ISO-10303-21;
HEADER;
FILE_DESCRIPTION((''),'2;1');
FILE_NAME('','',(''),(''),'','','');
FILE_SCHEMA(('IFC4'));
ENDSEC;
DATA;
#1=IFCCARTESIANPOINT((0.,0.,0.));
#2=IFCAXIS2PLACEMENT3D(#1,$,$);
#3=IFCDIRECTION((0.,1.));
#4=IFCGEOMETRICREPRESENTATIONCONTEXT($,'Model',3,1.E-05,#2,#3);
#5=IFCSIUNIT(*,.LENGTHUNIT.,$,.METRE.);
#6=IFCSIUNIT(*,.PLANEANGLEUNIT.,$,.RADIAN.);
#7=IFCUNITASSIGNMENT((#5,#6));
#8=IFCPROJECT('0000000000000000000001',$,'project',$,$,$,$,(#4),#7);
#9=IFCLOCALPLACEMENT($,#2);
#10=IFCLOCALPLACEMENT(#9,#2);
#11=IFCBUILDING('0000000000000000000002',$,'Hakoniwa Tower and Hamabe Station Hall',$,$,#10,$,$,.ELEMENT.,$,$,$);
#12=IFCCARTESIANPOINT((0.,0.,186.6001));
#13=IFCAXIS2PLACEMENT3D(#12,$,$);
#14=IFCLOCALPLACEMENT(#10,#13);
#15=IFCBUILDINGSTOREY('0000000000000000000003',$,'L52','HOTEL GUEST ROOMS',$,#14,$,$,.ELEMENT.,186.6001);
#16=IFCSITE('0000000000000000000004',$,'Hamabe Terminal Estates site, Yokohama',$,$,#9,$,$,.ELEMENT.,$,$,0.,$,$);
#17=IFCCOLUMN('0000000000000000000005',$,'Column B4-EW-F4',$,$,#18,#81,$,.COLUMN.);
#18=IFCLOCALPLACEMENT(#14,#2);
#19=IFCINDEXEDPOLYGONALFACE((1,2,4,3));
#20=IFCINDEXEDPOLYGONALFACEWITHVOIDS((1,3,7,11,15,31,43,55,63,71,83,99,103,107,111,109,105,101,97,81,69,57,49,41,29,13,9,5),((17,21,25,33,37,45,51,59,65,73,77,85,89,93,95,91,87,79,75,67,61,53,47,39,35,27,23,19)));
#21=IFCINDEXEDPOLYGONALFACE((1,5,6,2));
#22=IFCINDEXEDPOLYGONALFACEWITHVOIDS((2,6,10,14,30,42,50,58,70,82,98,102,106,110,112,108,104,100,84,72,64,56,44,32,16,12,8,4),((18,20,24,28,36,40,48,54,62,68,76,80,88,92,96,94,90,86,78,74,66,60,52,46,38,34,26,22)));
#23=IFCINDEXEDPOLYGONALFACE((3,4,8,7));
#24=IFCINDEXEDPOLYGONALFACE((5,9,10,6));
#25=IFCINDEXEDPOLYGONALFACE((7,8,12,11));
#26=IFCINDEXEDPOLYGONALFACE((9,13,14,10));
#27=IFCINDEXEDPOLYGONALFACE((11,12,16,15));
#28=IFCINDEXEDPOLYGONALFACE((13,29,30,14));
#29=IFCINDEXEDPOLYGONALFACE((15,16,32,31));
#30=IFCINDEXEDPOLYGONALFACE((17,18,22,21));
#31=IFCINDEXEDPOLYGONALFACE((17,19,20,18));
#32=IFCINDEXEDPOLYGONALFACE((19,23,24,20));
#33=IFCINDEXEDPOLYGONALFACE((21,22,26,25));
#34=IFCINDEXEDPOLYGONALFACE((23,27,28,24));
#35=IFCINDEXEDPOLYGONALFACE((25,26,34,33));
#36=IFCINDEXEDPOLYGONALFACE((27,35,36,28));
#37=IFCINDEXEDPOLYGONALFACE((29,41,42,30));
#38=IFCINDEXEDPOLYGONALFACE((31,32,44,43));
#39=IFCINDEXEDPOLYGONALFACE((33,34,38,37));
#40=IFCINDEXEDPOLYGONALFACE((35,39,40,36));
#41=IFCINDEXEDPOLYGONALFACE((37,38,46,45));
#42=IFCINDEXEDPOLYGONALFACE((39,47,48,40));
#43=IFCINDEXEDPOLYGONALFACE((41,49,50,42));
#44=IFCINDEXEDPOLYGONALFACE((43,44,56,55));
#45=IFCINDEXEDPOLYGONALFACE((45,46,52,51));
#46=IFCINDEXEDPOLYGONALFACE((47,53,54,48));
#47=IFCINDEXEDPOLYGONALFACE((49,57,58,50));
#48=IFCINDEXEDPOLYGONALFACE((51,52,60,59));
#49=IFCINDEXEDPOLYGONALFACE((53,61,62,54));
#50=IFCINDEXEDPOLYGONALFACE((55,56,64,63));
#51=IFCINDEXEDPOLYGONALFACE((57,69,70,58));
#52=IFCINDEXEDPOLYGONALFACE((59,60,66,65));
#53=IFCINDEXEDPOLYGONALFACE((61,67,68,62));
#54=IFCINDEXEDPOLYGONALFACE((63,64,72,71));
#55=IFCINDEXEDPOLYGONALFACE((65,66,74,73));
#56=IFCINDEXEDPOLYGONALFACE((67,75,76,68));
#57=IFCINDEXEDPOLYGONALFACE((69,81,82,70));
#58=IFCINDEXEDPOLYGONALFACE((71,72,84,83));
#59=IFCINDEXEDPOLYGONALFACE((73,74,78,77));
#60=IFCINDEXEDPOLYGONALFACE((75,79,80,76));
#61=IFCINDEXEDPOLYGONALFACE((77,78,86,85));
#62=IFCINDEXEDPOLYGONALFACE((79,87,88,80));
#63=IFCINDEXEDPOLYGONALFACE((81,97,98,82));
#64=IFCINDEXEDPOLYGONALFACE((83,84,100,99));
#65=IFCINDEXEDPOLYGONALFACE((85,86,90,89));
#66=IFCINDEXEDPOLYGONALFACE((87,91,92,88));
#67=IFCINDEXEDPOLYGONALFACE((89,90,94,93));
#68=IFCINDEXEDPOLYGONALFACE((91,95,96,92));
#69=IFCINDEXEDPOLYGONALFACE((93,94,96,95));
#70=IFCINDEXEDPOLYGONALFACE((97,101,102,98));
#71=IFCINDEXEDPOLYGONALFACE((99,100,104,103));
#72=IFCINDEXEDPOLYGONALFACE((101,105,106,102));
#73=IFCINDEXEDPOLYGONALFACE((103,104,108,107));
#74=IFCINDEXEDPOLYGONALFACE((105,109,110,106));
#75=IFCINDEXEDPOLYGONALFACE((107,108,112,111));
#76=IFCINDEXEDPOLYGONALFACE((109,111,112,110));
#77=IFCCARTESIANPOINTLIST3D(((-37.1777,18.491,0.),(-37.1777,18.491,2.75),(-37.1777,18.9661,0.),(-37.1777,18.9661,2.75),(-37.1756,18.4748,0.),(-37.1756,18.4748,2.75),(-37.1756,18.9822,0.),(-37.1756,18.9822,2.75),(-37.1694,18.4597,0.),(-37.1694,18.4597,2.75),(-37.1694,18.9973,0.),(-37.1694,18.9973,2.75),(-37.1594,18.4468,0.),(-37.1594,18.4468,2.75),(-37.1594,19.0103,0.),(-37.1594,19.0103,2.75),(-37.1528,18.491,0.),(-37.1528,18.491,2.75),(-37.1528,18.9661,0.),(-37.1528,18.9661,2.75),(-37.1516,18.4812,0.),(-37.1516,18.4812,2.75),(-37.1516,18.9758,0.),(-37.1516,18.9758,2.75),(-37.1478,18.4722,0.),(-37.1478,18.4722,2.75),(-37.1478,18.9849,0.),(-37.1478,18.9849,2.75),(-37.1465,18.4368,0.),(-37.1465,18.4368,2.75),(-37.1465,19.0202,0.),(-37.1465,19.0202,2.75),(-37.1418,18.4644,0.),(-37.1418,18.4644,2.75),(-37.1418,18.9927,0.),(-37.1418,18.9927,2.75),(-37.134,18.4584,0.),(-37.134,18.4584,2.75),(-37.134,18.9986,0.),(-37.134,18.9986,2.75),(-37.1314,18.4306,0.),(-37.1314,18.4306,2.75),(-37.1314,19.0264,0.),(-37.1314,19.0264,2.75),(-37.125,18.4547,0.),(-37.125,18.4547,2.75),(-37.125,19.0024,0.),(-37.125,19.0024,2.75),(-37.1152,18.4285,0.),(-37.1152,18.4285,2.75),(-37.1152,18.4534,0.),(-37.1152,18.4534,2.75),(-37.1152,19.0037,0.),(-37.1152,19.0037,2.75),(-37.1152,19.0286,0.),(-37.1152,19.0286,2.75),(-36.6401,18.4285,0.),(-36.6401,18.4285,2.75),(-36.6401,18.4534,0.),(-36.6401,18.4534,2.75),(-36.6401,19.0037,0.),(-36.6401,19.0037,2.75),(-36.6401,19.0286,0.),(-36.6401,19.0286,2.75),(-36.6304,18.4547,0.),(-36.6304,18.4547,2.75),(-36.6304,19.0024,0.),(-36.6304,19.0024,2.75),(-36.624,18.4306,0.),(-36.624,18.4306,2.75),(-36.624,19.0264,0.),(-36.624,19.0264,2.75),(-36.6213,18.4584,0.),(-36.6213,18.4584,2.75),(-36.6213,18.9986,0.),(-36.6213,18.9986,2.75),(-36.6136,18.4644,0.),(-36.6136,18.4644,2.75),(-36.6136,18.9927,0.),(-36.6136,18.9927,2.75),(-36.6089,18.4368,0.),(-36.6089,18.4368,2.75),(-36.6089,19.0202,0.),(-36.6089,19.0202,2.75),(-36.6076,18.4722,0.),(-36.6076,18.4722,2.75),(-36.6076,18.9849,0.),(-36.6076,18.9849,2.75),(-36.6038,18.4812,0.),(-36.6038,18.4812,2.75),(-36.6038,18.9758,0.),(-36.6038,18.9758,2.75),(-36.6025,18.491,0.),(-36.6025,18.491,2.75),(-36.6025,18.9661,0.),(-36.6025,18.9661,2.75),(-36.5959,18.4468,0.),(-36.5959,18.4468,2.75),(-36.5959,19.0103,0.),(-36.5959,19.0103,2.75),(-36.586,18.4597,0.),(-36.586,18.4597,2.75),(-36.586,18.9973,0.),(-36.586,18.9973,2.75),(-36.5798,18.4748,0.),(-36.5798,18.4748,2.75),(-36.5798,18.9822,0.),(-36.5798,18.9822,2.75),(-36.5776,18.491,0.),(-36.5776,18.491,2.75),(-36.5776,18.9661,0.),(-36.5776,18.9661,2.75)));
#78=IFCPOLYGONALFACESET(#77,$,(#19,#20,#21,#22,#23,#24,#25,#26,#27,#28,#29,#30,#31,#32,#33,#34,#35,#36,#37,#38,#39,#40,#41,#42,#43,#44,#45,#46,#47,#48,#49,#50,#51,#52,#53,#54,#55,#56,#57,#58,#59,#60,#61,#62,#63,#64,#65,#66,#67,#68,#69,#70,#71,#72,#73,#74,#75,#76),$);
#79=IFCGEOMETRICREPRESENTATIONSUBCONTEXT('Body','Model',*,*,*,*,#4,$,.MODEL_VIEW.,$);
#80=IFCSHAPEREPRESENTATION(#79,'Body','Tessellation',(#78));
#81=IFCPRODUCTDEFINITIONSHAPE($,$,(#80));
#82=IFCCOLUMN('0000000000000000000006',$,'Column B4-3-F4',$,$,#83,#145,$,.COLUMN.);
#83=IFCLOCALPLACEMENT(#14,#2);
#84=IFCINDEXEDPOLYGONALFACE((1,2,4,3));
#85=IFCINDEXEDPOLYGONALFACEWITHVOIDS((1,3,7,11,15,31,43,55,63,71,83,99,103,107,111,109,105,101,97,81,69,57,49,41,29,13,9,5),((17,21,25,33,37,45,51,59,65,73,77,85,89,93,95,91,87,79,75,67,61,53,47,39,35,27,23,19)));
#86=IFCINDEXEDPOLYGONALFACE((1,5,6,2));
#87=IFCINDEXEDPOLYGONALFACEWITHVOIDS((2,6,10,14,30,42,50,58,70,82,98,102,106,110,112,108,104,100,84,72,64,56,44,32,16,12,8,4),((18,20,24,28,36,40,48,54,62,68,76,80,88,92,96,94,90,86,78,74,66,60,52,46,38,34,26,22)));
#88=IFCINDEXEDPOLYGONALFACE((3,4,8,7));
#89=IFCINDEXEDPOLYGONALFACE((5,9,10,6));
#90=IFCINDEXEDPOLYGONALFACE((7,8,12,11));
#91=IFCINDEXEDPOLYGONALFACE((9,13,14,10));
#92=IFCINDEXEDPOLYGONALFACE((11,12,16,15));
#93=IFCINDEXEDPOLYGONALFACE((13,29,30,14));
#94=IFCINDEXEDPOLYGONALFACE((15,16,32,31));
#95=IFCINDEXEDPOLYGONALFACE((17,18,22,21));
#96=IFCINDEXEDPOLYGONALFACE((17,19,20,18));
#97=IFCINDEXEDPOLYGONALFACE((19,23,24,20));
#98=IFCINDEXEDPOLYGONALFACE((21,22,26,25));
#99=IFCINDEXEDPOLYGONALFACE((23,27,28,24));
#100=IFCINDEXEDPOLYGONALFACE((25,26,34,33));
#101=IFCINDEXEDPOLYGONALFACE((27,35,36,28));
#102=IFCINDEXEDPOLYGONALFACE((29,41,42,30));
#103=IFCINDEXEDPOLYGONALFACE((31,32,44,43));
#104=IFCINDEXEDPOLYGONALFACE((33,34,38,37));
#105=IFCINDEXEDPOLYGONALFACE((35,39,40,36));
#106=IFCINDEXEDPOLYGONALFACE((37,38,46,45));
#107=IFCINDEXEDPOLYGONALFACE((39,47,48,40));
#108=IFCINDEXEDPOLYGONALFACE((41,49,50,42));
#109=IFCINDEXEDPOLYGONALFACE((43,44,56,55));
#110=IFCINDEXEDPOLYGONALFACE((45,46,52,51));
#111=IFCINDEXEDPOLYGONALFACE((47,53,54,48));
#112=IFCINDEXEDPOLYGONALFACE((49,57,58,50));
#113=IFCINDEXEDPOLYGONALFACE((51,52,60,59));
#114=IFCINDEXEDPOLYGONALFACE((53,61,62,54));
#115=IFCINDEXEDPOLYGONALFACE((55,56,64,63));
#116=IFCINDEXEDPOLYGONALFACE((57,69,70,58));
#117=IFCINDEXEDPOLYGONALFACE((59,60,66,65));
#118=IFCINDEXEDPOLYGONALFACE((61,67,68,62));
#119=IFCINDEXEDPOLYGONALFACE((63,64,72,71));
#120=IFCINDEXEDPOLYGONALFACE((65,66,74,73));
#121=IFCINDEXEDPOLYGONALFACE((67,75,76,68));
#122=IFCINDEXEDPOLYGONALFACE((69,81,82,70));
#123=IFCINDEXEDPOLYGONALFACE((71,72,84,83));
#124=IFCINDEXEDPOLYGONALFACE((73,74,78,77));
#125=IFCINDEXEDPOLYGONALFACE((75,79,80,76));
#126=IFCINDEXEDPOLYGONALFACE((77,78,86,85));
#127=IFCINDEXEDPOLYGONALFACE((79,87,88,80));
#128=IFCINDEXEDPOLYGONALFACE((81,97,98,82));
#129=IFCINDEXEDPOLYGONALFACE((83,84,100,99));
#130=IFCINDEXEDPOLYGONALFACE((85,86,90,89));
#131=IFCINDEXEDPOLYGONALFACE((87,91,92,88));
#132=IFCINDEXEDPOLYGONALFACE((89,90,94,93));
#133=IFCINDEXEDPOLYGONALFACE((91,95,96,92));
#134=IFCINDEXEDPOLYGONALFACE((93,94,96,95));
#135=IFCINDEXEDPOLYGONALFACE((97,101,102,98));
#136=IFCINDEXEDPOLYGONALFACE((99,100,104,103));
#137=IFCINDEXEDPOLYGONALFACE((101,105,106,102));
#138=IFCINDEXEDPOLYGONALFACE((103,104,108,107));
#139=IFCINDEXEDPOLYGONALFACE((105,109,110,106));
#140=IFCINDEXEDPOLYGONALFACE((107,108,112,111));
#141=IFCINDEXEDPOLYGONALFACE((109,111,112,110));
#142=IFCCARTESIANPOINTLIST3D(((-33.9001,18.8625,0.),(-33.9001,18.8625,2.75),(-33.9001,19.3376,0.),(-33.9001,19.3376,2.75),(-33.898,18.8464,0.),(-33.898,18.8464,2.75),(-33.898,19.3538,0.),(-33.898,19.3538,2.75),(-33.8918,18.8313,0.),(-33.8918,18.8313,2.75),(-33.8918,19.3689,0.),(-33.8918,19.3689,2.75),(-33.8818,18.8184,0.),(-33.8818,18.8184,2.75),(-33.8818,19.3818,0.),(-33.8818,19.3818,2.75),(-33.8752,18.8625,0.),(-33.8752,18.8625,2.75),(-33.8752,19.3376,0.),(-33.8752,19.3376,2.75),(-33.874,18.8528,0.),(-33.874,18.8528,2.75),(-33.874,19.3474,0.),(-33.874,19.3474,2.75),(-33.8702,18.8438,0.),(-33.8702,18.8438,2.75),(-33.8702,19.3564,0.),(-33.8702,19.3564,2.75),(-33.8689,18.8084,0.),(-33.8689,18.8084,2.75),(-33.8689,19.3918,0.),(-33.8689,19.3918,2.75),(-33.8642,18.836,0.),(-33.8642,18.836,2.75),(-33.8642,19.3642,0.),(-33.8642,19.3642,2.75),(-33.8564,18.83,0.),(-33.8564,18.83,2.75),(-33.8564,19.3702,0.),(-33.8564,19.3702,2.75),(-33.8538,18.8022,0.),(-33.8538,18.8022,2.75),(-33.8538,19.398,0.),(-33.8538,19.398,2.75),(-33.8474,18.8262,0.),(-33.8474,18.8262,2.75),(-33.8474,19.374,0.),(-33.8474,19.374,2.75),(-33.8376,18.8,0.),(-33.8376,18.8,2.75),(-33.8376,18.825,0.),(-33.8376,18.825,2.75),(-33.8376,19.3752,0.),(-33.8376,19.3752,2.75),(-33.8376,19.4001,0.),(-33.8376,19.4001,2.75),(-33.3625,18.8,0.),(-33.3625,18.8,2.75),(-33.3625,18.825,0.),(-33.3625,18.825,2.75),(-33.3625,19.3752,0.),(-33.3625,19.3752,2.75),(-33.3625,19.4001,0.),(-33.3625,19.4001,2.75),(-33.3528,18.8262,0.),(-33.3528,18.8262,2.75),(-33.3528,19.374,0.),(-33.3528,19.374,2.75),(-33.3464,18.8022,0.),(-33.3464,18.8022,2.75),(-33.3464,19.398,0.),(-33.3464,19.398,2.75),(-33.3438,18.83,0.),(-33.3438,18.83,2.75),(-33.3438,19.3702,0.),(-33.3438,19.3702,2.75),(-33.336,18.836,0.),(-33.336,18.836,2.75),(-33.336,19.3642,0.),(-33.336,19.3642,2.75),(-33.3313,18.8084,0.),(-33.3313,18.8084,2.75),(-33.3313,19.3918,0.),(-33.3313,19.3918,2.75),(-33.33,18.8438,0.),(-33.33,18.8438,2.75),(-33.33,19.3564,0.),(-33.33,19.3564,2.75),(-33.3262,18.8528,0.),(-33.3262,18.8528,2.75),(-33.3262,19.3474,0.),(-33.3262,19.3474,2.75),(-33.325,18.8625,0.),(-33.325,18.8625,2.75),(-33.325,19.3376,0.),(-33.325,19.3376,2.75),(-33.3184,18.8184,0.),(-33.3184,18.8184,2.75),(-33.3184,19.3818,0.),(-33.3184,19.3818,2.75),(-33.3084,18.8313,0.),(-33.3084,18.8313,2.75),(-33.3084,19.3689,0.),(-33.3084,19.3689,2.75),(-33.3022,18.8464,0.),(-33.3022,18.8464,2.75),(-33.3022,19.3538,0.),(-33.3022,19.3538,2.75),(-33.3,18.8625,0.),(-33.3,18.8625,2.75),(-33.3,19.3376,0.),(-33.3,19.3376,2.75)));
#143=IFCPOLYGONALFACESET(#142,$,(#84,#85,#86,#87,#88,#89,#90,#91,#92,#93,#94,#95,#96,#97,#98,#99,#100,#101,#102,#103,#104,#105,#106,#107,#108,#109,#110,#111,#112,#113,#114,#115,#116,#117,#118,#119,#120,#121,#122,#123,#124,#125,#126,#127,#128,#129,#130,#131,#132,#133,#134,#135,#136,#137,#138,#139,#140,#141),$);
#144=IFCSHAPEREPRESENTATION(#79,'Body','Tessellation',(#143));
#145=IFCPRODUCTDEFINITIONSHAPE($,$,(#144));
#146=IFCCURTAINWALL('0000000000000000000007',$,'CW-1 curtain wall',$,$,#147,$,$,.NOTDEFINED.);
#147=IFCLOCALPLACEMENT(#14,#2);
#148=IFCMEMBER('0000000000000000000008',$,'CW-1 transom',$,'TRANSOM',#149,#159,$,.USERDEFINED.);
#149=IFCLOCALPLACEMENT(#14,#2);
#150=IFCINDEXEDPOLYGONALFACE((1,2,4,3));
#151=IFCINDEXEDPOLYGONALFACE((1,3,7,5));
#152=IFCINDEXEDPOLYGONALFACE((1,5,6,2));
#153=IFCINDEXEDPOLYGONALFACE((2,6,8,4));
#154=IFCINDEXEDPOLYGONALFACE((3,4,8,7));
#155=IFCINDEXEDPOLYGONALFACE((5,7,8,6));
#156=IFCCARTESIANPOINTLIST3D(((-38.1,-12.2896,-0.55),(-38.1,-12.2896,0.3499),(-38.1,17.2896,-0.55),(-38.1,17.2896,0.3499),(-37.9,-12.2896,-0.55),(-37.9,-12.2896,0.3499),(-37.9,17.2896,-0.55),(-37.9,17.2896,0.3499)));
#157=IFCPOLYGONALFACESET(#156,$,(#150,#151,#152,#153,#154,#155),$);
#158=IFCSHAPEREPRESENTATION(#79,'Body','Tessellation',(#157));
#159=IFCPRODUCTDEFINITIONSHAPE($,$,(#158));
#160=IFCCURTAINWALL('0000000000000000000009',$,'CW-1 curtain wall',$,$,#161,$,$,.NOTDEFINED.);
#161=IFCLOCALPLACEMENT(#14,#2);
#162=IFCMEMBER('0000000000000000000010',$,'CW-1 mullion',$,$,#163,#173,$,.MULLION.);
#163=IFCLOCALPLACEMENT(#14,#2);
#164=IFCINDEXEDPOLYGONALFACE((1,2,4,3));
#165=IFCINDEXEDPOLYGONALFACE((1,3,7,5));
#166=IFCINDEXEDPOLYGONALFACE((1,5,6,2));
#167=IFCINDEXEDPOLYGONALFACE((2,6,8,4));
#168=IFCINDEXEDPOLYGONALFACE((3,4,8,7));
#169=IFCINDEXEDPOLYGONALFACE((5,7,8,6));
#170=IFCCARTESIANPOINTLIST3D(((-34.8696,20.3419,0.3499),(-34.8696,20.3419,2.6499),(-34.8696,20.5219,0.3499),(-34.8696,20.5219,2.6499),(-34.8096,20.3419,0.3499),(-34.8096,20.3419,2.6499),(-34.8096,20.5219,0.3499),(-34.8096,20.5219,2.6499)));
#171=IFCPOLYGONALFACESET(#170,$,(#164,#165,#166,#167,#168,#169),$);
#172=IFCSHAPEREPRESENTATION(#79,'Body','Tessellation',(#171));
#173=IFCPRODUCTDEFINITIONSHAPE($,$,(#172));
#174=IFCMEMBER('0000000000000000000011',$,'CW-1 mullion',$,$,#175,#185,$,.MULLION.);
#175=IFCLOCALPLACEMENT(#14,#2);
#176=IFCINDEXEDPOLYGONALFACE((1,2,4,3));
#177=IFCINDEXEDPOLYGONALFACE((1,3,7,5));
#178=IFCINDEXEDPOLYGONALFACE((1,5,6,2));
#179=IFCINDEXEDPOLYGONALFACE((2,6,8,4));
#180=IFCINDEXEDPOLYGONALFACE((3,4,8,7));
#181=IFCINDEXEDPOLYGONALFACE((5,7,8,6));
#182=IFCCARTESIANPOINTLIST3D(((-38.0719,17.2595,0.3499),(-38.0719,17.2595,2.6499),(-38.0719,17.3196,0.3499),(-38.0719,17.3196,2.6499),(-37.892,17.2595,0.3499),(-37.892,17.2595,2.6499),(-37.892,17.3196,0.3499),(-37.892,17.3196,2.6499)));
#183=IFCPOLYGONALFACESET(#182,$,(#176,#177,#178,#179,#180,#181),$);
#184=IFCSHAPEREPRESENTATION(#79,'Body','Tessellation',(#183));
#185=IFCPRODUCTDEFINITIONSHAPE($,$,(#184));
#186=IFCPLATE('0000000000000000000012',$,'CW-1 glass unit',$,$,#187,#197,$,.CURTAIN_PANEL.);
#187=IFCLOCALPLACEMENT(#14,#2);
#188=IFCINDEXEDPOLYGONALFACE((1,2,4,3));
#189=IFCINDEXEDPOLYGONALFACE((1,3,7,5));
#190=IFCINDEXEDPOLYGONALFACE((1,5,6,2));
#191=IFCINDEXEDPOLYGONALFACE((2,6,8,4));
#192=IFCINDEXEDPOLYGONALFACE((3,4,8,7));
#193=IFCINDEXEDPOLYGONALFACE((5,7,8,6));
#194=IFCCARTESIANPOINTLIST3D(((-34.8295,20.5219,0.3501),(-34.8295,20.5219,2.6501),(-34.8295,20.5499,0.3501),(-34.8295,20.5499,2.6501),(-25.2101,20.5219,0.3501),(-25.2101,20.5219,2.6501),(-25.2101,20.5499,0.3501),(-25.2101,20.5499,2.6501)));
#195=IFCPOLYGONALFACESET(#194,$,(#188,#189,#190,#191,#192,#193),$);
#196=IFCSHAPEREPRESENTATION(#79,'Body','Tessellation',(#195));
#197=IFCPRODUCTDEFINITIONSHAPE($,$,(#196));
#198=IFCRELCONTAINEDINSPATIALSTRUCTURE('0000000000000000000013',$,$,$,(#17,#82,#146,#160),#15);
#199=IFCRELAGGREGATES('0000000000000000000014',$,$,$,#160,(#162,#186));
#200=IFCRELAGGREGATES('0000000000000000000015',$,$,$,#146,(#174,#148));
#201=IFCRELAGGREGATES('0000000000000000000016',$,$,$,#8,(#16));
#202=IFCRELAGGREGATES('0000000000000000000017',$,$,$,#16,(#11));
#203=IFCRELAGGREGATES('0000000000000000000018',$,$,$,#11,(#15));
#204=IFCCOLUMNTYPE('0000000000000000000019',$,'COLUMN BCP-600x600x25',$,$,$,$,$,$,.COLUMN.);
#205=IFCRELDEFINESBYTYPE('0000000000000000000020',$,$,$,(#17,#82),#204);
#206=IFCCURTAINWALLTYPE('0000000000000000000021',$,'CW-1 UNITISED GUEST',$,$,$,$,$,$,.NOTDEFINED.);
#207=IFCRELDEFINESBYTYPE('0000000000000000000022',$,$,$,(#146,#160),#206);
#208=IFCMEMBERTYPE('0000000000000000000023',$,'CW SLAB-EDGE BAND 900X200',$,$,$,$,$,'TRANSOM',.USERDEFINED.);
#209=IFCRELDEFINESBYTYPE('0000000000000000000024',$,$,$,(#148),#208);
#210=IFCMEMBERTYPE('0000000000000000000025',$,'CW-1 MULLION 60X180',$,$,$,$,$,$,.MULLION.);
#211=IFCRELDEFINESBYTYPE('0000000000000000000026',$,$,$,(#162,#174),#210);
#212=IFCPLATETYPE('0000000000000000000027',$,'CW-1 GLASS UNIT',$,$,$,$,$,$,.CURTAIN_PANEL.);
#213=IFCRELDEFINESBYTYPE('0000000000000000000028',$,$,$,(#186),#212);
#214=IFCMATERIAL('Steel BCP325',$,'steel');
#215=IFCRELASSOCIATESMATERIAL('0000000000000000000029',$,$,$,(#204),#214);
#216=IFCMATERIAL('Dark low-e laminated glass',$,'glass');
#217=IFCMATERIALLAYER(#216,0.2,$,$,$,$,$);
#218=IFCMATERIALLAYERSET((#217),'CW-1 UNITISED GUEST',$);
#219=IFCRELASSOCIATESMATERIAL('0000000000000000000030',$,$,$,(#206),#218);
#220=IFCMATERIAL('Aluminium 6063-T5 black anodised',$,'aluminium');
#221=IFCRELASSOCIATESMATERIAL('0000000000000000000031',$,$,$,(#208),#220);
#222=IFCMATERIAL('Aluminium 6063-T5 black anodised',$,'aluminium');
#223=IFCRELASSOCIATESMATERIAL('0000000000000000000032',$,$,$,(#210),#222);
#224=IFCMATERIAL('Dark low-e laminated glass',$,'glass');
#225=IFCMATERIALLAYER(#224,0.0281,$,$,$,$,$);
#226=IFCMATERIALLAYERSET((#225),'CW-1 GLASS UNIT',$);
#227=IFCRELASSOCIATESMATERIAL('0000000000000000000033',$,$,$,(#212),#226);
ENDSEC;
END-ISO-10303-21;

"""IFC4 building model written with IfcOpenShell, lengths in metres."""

from ifc_helpers import new_model, si_unit, direction, frame, origin, origin_2d, place, context, subcontext, project, spatial, rectangle, hollow_rectangle, extrude, material, layer, layer_set, material_profile, profile_set, type_object, element, aggregate, save


model = new_model("IFC4")

# Units and contexts
model_context = context("Model", 3, precision=1e-05, world=origin(), true_north=direction((0.0, 1.0)))
body_context = subcontext(model_context, "Body", "Model", "MODEL_VIEW")
ifc_project = project(units=[si_unit("LENGTHUNIT", "METRE"), si_unit("PLANEANGLEUNIT", "RADIAN")], contexts=[model_context])

# Site, building, storey
site_placement = place(None, origin())
site = spatial("IfcSite", under=ifc_project, at=site_placement, Name="Hamabe Terminal Estates site, Yokohama", CompositionType="ELEMENT", RefElevation=0.0)
building_placement = place(site_placement, origin())
building = spatial("IfcBuilding", under=site, at=building_placement, Name="Hakoniwa Tower and Hamabe Station Hall", CompositionType="ELEMENT")
storey_placement = place(building_placement, frame((0.0, 0.0, 186.6001)))
storey = spatial("IfcBuildingStorey", under=building, at=storey_placement, Name="L52", Description="HOTEL GUEST ROOMS", CompositionType="ELEMENT", Elevation=186.6001)

# Columns
ifc_material_1 = material(Name="Steel BCP325", Category="steel")
ifc_material_profile_1 = material_profile(ifc_material_1, hollow_rectangle(XDim=0.6001, YDim=0.6001, WallThickness=0.0249, InnerFilletRadius=0.0376, OuterFilletRadius=0.0625, at=origin_2d()), Name="BCP-600x600x25")
ifc_profile_set_1 = profile_set([ifc_material_profile_1], Name="Steel BCP325")
column_type = type_object("IfcColumnType", Name="COLUMN BCP-600x600x25", PredefinedType="COLUMN", material=ifc_profile_set_1)
for number, where, z_axis, x_axis, name in (
    (1, (-36.8777, 18.7285, 0.0), (0.0, 0.0, 1.0), (1.0, 0.0, 0.0), "Column B4-EW-F4"),
    (2, (-33.6001, 19.1001, 0.0), (0.0, 0.0, 1.0), (1.0, 0.0, 0.0), "Column B4-3-F4"),
):
    element("IfcColumn", number, at=place(storey_placement, frame(where, z_axis=z_axis, x_axis=x_axis)), inside=storey, type_object=column_type, Name=name, PredefinedType="COLUMN", context=body_context, shape_type="SweptSolid", body=[
        extrude(hollow_rectangle(XDim=0.6001, YDim=0.6001, WallThickness=0.0249, InnerFilletRadius=0.0376, OuterFilletRadius=0.0625, at=origin_2d()), origin(), (0.0, 0.0, 1.0), 2.75),
    ])

# Curtain walls, members
ifc_material_2 = material(Name="Dark low-e laminated glass", Category="glass")
ifc_layer_1 = layer(ifc_material_2, 0.2)
ifc_layer_set_1 = layer_set([ifc_layer_1], Name="CW-1 UNITISED GUEST")
curtain_wall_type = type_object("IfcCurtainWallType", Name="CW-1 UNITISED GUEST", PredefinedType="NOTDEFINED", material=ifc_layer_set_1)
curtain_wall_1_placement = place(storey_placement, origin())
curtain_wall_1 = element("IfcCurtainWall", 3, at=curtain_wall_1_placement, inside=storey, type_object=curtain_wall_type, Name="CW-1 curtain wall", PredefinedType="NOTDEFINED")
ifc_material_3 = material(Name="Aluminium 6063-T5 black anodised", Category="aluminium")
ifc_material_profile_2 = material_profile(ifc_material_3, rectangle(XDim=0.2, YDim=0.8999, at=origin_2d()), Name="CW SLAB-EDGE BAND 900X200")
ifc_profile_set_2 = profile_set([ifc_material_profile_2], Name="Aluminium 6063-T5 black anodised")
member_type_1 = type_object("IfcMemberType", Name="CW SLAB-EDGE BAND 900X200", ElementType="TRANSOM", PredefinedType="USERDEFINED", material=ifc_profile_set_2)
member_1_placement = place(storey_placement, frame((-38.0, 17.2896, -0.1001), z_axis=(0.0, -1.0, 0.0), x_axis=(1.0, 0.0, 0.0)))
member_1 = element("IfcMember", 4, at=member_1_placement, type_object=member_type_1, Name="CW-1 transom", ObjectType="TRANSOM", PredefinedType="USERDEFINED", context=body_context, shape_type="SweptSolid", body=[
    extrude(rectangle(XDim=0.2, YDim=0.8999, at=origin_2d()), origin(), (0.0, 0.0, 1.0), 29.5791),
])
curtain_wall_2_placement = place(storey_placement, origin())
curtain_wall_2 = element("IfcCurtainWall", 5, at=curtain_wall_2_placement, inside=storey, type_object=curtain_wall_type, Name="CW-1 curtain wall", PredefinedType="NOTDEFINED")
ifc_material_4 = material(Name="Aluminium 6063-T5 black anodised", Category="aluminium")
ifc_material_profile_3 = material_profile(ifc_material_4, rectangle(XDim=0.0601, YDim=0.1799, at=origin_2d()), Name="CW-1 MULLION 60X180")
ifc_profile_set_3 = profile_set([ifc_material_profile_3], Name="Aluminium 6063-T5 black anodised")
member_type_2 = type_object("IfcMemberType", Name="CW-1 MULLION 60X180", PredefinedType="MULLION", material=ifc_profile_set_3)
member_2_placement = place(storey_placement, frame((-34.8396, 20.4319, 0.3499), z_axis=(0.0, 0.0, 1.0), x_axis=(-1.0, 0.0, 0.0)))
member_2 = element("IfcMember", 6, at=member_2_placement, type_object=member_type_2, Name="CW-1 mullion", PredefinedType="MULLION", context=body_context, shape_type="SweptSolid", body=[
    extrude(rectangle(XDim=0.0601, YDim=0.1799, at=origin_2d()), origin(), (0.0, 0.0, 1.0), 2.3),
])

# Member
member_3_placement = place(storey_placement, frame((-37.9819, 17.2896, 0.3499), z_axis=(0.0, 0.0, 1.0), x_axis=(0.0, -1.0, 0.0)))
member_3 = element("IfcMember", 7, at=member_3_placement, type_object=member_type_2, Name="CW-1 mullion", PredefinedType="MULLION", context=body_context, shape_type="SweptSolid", body=[
    extrude(rectangle(XDim=0.0601, YDim=0.1799, at=origin_2d()), origin(), (0.0, 0.0, 1.0), 2.3),
])

# Plate
ifc_material_5 = material(Name="Dark low-e laminated glass", Category="glass")
ifc_layer_2 = layer(ifc_material_5, 0.0281)
ifc_layer_set_2 = layer_set([ifc_layer_2], Name="CW-1 GLASS UNIT")
plate_type = type_object("IfcPlateType", Name="CW-1 GLASS UNIT", PredefinedType="CURTAIN_PANEL", material=ifc_layer_set_2)
plate_1_placement = place(storey_placement, frame((-30.0198, 20.5359, 0.3501), z_axis=(0.0, 0.0, 1.0), x_axis=(-1.0, 0.0, 0.0)))
plate_1 = element("IfcPlate", 8, at=plate_1_placement, type_object=plate_type, Name="CW-1 glass unit", PredefinedType="CURTAIN_PANEL", context=body_context, shape_type="SweptSolid", body=[
    extrude(rectangle(XDim=9.6194, YDim=0.0281, at=origin_2d()), origin(), (0.0, 0.0, 1.0), 2.3),
])
aggregate(curtain_wall_2, [member_2, plate_1])
aggregate(curtain_wall_1, [member_3, member_1])

save(model, "model.ifc")
